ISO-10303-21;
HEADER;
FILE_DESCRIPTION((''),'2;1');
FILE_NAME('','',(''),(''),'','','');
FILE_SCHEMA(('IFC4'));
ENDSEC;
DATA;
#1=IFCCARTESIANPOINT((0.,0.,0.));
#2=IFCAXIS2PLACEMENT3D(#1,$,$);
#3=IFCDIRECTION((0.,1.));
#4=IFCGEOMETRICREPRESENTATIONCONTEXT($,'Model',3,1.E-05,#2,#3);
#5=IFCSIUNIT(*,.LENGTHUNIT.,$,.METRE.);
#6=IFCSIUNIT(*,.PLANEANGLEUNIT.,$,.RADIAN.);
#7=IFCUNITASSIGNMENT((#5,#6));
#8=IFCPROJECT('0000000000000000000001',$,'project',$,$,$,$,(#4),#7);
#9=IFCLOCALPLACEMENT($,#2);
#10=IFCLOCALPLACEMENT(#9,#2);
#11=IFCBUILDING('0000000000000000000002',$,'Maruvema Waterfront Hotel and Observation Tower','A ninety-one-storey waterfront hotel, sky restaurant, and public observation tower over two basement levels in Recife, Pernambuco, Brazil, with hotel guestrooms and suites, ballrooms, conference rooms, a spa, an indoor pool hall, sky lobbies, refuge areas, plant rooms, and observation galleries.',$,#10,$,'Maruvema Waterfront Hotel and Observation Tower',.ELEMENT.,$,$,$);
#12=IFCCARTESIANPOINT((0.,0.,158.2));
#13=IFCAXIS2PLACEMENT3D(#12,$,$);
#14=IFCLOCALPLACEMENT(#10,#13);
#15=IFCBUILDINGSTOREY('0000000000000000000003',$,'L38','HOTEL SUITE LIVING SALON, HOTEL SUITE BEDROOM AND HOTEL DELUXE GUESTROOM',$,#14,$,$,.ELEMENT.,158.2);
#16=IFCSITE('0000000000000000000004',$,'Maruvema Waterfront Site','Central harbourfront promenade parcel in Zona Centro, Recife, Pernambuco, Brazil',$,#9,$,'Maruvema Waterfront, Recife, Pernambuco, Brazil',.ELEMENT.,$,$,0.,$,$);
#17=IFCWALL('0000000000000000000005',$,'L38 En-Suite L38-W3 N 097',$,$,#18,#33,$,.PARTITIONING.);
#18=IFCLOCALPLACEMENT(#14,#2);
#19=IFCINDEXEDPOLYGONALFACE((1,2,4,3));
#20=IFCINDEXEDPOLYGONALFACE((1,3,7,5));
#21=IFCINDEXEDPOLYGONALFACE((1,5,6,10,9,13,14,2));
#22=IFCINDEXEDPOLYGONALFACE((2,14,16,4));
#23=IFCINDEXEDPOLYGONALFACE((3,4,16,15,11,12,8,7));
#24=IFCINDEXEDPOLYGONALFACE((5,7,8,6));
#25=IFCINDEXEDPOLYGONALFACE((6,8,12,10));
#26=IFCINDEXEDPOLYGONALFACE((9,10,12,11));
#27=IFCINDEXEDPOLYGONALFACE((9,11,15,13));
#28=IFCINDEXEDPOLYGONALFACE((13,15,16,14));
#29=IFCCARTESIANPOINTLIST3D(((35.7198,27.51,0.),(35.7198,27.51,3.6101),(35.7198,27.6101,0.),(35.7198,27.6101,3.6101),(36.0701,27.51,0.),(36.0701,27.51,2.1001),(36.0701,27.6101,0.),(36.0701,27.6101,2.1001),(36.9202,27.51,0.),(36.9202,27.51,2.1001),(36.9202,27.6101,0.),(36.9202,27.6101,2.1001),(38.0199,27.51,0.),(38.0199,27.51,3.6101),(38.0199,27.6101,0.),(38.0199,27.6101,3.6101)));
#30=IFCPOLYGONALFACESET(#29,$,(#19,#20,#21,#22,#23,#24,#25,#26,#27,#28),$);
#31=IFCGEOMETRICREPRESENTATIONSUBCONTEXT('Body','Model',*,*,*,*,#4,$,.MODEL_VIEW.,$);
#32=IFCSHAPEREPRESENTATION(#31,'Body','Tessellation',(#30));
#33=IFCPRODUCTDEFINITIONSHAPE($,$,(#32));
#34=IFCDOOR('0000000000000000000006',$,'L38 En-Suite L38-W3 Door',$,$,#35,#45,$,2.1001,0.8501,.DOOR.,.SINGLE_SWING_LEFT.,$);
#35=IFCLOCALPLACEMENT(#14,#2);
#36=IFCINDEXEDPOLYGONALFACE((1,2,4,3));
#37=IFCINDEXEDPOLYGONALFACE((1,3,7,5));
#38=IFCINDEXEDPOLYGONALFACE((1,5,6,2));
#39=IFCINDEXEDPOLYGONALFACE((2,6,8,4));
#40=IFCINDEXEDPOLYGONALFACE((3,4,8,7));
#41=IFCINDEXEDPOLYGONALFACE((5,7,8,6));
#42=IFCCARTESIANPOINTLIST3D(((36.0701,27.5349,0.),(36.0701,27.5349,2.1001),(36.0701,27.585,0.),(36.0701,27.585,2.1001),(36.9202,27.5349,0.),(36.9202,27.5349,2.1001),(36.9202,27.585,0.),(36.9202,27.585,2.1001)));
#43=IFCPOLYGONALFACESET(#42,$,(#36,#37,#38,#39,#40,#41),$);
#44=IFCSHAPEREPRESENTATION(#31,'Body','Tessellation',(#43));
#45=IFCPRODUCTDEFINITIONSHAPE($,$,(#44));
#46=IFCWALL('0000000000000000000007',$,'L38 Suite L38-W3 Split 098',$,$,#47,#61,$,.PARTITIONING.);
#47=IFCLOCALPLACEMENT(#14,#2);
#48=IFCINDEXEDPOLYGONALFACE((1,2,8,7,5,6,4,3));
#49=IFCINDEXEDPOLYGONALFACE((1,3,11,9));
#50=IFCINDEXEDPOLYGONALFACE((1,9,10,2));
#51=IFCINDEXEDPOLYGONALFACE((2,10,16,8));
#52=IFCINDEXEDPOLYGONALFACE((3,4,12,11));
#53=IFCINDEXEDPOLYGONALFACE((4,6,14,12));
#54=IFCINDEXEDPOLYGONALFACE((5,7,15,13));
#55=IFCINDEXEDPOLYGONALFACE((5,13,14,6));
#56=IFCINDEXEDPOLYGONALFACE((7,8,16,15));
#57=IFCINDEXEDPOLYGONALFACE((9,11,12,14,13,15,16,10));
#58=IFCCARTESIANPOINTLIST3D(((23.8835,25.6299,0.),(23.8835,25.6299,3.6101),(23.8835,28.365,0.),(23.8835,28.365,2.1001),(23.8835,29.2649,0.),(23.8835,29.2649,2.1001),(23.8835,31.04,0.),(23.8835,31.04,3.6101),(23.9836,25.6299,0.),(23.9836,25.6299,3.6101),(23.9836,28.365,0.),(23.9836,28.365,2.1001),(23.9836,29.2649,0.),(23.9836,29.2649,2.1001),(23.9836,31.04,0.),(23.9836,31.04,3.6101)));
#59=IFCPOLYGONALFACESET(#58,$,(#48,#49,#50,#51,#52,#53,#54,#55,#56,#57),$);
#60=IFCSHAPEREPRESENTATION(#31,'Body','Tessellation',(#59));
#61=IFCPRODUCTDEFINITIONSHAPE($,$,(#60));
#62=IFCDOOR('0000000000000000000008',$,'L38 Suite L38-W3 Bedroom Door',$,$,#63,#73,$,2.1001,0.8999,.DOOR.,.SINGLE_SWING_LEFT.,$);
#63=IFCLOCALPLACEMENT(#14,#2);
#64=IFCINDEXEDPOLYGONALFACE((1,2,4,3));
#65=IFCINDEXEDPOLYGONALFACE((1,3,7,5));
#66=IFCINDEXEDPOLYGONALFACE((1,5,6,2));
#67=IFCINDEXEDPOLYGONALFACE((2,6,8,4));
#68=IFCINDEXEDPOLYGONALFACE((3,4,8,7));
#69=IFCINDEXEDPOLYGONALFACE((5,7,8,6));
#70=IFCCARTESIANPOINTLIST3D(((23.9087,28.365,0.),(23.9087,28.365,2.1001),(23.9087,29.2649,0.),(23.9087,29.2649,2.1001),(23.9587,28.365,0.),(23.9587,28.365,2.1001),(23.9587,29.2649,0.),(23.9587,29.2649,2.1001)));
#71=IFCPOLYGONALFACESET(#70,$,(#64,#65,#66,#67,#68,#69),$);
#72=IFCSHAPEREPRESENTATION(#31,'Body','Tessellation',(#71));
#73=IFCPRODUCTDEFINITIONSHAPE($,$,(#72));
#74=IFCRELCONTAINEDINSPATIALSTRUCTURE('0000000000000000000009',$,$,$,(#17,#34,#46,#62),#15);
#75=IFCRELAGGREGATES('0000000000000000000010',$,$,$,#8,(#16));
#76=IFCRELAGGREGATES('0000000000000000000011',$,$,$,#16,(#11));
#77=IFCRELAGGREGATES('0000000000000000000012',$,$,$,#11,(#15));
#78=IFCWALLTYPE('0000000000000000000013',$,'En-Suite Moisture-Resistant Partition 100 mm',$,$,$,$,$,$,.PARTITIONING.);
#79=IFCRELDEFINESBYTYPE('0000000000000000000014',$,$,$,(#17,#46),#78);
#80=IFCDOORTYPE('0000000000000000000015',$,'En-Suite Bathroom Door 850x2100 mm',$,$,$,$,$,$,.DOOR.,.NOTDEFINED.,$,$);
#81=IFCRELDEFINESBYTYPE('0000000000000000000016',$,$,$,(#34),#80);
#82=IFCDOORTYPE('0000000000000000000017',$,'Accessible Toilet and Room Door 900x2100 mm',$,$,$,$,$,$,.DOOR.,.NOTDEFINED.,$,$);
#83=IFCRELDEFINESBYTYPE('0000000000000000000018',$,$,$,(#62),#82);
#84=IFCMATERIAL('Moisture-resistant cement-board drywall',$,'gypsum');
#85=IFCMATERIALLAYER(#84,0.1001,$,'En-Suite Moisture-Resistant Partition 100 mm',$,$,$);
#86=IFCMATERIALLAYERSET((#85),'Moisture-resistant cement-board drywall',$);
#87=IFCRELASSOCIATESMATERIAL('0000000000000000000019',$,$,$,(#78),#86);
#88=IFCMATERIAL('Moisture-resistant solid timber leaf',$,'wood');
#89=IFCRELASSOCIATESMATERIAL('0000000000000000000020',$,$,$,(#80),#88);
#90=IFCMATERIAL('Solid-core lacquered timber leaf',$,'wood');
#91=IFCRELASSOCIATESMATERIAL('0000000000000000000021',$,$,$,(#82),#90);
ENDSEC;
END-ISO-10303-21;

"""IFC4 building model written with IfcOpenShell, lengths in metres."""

from ifc_helpers import new_model, si_unit, direction, frame, frame_2d, origin, place, context, subcontext, project, spatial, rectangle, extrude, material, layer, layer_set, type_object, element, fill, save


model = new_model("IFC4")

# Units and contexts
model_context = context("Model", 3, precision=1e-05, world=origin(), true_north=direction((0.0, 1.0)))
body_context = subcontext(model_context, "Body", "Model", "MODEL_VIEW")
ifc_project = project(units=[si_unit("LENGTHUNIT", "METRE"), si_unit("PLANEANGLEUNIT", "RADIAN")], contexts=[model_context])

# Site, building, storey
site_placement = place(None, origin())
site = spatial("IfcSite", under=ifc_project, at=site_placement, Name="Maruvema Waterfront Site", Description="Central harbourfront promenade parcel in Zona Centro, Recife, Pernambuco, Brazil", LongName="Maruvema Waterfront, Recife, Pernambuco, Brazil", CompositionType="ELEMENT", RefElevation=0.0)
building_placement = place(site_placement, origin())
building = spatial("IfcBuilding", under=site, at=building_placement, Name="Maruvema Waterfront Hotel and Observation Tower", Description="A ninety-one-storey waterfront hotel, sky restaurant, and public observation tower over two basement levels in Recife, Pernambuco, Brazil, with hotel guestrooms and suites, ballrooms, conference rooms, a spa, an indoor pool hall, sky lobbies, refuge areas, plant rooms, and observation galleries.", LongName="Maruvema Waterfront Hotel and Observation Tower", CompositionType="ELEMENT")
storey_placement = place(building_placement, frame((0.0, 0.0, 158.2)))
storey = spatial("IfcBuildingStorey", under=building, at=storey_placement, Name="L38", Description="HOTEL SUITE LIVING SALON, HOTEL SUITE BEDROOM AND HOTEL DELUXE GUESTROOM", CompositionType="ELEMENT", Elevation=158.2)

# Shared definitions
ifc_material_1 = material(Name="Moisture-resistant cement-board drywall", Category="gypsum")
ifc_layer_1 = layer(ifc_material_1, 0.1001, Name="En-Suite Moisture-Resistant Partition 100 mm")
ifc_layer_set_1 = layer_set([ifc_layer_1], Name="Moisture-resistant cement-board drywall")
wall_type = type_object("IfcWallType", Name="En-Suite Moisture-Resistant Partition 100 mm", PredefinedType="PARTITIONING", material=ifc_layer_set_1)

# Shared definitions
ifc_material_2 = material(Name="Moisture-resistant solid timber leaf", Category="wood")
door_type_1 = type_object("IfcDoorType", Name="En-Suite Bathroom Door 850x2100 mm", OperationType="NOTDEFINED", PredefinedType="DOOR", material=ifc_material_2)
ifc_material_3 = material(Name="Solid-core lacquered timber leaf", Category="wood")
door_type_2 = type_object("IfcDoorType", Name="Accessible Toilet and Room Door 900x2100 mm", OperationType="NOTDEFINED", PredefinedType="DOOR", material=ifc_material_3)

# Walls, openings, doors
wall_1_placement = place(storey_placement, frame((35.72, 27.5601, 0.0), z_axis=(0.0, 0.0, 1.0), x_axis=(1.0, 0.0, 0.0)))
wall_1 = element("IfcWall", 1, at=wall_1_placement, inside=storey, type_object=wall_type, Name="L38 En-Suite L38-W3 N 097", PredefinedType="PARTITIONING", context=body_context, shape_type="SweptSolid", body=[
    extrude(rectangle(XDim=2.3, YDim=0.1001, at=frame_2d((1.1499, 0.0))), origin(), (0.0, 0.0, 1.0), 3.6101),
])
opening_1_placement = place(wall_1_placement, frame((0.3501, 0.0, 0.0)))
opening_1 = element("IfcOpeningElement", 2, at=opening_1_placement, cuts=wall_1, PredefinedType="OPENING", context=body_context, shape_type="SweptSolid", body=[
    extrude(rectangle(XDim=0.8501, YDim=2.1001, at=frame_2d((0.425, 1.05))), frame((0.0, 0.0601, 0.0), z_axis=(0.0, -1.0, 0.0), x_axis=(1.0, 0.0, 0.0)), (0.0, 0.0, 1.0), 0.1201),
])
door_1_placement = place(opening_1_placement, origin())
door_1 = element("IfcDoor", 3, at=door_1_placement, inside=storey, type_object=door_type_1, Name="L38 En-Suite L38-W3 Door", OperationType="SINGLE_SWING_LEFT", OverallHeight=2.1001, OverallWidth=0.8501, PredefinedType="DOOR", context=body_context, shape_type="SweptSolid", body=[
    extrude(rectangle(XDim=0.8501, YDim=2.1001, at=frame_2d((0.425, 1.05))), frame((0.0, 0.0249, 0.0), z_axis=(0.0, -1.0, 0.0), x_axis=(1.0, 0.0, 0.0)), (0.0, 0.0, 1.0), 0.05),
])
fill(opening_1, door_1)
wall_2_placement = place(storey_placement, frame((23.9336, 25.6299, 0.0), z_axis=(0.0, 0.0, 1.0), x_axis=(0.0, 1.0, 0.0)))
wall_2 = element("IfcWall", 4, at=wall_2_placement, inside=storey, type_object=wall_type, Name="L38 Suite L38-W3 Split 098", PredefinedType="PARTITIONING", context=body_context, shape_type="SweptSolid", body=[
    extrude(rectangle(XDim=5.4102, YDim=0.1001, at=frame_2d((2.7051, 0.0))), origin(), (0.0, 0.0, 1.0), 3.6101),
])
opening_2_placement = place(wall_2_placement, frame((2.7351, 0.0, 0.0)))
opening_2 = element("IfcOpeningElement", 5, at=opening_2_placement, cuts=wall_2, PredefinedType="OPENING", context=body_context, shape_type="SweptSolid", body=[
    extrude(rectangle(XDim=0.8999, YDim=2.1001, at=frame_2d((0.45, 1.05))), frame((0.0, 0.0601, 0.0), z_axis=(0.0, -1.0, 0.0), x_axis=(1.0, 0.0, 0.0)), (0.0, 0.0, 1.0), 0.1201),
])
door_2_placement = place(opening_2_placement, origin())
door_2 = element("IfcDoor", 6, at=door_2_placement, inside=storey, type_object=door_type_2, Name="L38 Suite L38-W3 Bedroom Door", OperationType="SINGLE_SWING_LEFT", OverallHeight=2.1001, OverallWidth=0.8999, PredefinedType="DOOR", context=body_context, shape_type="SweptSolid", body=[
    extrude(rectangle(XDim=0.8999, YDim=2.1001, at=frame_2d((0.45, 1.05))), frame((0.0, 0.0249, 0.0), z_axis=(0.0, -1.0, 0.0), x_axis=(1.0, 0.0, 0.0)), (0.0, 0.0, 1.0), 0.05),
])
fill(opening_2, door_2)

save(model, "model.ifc")
